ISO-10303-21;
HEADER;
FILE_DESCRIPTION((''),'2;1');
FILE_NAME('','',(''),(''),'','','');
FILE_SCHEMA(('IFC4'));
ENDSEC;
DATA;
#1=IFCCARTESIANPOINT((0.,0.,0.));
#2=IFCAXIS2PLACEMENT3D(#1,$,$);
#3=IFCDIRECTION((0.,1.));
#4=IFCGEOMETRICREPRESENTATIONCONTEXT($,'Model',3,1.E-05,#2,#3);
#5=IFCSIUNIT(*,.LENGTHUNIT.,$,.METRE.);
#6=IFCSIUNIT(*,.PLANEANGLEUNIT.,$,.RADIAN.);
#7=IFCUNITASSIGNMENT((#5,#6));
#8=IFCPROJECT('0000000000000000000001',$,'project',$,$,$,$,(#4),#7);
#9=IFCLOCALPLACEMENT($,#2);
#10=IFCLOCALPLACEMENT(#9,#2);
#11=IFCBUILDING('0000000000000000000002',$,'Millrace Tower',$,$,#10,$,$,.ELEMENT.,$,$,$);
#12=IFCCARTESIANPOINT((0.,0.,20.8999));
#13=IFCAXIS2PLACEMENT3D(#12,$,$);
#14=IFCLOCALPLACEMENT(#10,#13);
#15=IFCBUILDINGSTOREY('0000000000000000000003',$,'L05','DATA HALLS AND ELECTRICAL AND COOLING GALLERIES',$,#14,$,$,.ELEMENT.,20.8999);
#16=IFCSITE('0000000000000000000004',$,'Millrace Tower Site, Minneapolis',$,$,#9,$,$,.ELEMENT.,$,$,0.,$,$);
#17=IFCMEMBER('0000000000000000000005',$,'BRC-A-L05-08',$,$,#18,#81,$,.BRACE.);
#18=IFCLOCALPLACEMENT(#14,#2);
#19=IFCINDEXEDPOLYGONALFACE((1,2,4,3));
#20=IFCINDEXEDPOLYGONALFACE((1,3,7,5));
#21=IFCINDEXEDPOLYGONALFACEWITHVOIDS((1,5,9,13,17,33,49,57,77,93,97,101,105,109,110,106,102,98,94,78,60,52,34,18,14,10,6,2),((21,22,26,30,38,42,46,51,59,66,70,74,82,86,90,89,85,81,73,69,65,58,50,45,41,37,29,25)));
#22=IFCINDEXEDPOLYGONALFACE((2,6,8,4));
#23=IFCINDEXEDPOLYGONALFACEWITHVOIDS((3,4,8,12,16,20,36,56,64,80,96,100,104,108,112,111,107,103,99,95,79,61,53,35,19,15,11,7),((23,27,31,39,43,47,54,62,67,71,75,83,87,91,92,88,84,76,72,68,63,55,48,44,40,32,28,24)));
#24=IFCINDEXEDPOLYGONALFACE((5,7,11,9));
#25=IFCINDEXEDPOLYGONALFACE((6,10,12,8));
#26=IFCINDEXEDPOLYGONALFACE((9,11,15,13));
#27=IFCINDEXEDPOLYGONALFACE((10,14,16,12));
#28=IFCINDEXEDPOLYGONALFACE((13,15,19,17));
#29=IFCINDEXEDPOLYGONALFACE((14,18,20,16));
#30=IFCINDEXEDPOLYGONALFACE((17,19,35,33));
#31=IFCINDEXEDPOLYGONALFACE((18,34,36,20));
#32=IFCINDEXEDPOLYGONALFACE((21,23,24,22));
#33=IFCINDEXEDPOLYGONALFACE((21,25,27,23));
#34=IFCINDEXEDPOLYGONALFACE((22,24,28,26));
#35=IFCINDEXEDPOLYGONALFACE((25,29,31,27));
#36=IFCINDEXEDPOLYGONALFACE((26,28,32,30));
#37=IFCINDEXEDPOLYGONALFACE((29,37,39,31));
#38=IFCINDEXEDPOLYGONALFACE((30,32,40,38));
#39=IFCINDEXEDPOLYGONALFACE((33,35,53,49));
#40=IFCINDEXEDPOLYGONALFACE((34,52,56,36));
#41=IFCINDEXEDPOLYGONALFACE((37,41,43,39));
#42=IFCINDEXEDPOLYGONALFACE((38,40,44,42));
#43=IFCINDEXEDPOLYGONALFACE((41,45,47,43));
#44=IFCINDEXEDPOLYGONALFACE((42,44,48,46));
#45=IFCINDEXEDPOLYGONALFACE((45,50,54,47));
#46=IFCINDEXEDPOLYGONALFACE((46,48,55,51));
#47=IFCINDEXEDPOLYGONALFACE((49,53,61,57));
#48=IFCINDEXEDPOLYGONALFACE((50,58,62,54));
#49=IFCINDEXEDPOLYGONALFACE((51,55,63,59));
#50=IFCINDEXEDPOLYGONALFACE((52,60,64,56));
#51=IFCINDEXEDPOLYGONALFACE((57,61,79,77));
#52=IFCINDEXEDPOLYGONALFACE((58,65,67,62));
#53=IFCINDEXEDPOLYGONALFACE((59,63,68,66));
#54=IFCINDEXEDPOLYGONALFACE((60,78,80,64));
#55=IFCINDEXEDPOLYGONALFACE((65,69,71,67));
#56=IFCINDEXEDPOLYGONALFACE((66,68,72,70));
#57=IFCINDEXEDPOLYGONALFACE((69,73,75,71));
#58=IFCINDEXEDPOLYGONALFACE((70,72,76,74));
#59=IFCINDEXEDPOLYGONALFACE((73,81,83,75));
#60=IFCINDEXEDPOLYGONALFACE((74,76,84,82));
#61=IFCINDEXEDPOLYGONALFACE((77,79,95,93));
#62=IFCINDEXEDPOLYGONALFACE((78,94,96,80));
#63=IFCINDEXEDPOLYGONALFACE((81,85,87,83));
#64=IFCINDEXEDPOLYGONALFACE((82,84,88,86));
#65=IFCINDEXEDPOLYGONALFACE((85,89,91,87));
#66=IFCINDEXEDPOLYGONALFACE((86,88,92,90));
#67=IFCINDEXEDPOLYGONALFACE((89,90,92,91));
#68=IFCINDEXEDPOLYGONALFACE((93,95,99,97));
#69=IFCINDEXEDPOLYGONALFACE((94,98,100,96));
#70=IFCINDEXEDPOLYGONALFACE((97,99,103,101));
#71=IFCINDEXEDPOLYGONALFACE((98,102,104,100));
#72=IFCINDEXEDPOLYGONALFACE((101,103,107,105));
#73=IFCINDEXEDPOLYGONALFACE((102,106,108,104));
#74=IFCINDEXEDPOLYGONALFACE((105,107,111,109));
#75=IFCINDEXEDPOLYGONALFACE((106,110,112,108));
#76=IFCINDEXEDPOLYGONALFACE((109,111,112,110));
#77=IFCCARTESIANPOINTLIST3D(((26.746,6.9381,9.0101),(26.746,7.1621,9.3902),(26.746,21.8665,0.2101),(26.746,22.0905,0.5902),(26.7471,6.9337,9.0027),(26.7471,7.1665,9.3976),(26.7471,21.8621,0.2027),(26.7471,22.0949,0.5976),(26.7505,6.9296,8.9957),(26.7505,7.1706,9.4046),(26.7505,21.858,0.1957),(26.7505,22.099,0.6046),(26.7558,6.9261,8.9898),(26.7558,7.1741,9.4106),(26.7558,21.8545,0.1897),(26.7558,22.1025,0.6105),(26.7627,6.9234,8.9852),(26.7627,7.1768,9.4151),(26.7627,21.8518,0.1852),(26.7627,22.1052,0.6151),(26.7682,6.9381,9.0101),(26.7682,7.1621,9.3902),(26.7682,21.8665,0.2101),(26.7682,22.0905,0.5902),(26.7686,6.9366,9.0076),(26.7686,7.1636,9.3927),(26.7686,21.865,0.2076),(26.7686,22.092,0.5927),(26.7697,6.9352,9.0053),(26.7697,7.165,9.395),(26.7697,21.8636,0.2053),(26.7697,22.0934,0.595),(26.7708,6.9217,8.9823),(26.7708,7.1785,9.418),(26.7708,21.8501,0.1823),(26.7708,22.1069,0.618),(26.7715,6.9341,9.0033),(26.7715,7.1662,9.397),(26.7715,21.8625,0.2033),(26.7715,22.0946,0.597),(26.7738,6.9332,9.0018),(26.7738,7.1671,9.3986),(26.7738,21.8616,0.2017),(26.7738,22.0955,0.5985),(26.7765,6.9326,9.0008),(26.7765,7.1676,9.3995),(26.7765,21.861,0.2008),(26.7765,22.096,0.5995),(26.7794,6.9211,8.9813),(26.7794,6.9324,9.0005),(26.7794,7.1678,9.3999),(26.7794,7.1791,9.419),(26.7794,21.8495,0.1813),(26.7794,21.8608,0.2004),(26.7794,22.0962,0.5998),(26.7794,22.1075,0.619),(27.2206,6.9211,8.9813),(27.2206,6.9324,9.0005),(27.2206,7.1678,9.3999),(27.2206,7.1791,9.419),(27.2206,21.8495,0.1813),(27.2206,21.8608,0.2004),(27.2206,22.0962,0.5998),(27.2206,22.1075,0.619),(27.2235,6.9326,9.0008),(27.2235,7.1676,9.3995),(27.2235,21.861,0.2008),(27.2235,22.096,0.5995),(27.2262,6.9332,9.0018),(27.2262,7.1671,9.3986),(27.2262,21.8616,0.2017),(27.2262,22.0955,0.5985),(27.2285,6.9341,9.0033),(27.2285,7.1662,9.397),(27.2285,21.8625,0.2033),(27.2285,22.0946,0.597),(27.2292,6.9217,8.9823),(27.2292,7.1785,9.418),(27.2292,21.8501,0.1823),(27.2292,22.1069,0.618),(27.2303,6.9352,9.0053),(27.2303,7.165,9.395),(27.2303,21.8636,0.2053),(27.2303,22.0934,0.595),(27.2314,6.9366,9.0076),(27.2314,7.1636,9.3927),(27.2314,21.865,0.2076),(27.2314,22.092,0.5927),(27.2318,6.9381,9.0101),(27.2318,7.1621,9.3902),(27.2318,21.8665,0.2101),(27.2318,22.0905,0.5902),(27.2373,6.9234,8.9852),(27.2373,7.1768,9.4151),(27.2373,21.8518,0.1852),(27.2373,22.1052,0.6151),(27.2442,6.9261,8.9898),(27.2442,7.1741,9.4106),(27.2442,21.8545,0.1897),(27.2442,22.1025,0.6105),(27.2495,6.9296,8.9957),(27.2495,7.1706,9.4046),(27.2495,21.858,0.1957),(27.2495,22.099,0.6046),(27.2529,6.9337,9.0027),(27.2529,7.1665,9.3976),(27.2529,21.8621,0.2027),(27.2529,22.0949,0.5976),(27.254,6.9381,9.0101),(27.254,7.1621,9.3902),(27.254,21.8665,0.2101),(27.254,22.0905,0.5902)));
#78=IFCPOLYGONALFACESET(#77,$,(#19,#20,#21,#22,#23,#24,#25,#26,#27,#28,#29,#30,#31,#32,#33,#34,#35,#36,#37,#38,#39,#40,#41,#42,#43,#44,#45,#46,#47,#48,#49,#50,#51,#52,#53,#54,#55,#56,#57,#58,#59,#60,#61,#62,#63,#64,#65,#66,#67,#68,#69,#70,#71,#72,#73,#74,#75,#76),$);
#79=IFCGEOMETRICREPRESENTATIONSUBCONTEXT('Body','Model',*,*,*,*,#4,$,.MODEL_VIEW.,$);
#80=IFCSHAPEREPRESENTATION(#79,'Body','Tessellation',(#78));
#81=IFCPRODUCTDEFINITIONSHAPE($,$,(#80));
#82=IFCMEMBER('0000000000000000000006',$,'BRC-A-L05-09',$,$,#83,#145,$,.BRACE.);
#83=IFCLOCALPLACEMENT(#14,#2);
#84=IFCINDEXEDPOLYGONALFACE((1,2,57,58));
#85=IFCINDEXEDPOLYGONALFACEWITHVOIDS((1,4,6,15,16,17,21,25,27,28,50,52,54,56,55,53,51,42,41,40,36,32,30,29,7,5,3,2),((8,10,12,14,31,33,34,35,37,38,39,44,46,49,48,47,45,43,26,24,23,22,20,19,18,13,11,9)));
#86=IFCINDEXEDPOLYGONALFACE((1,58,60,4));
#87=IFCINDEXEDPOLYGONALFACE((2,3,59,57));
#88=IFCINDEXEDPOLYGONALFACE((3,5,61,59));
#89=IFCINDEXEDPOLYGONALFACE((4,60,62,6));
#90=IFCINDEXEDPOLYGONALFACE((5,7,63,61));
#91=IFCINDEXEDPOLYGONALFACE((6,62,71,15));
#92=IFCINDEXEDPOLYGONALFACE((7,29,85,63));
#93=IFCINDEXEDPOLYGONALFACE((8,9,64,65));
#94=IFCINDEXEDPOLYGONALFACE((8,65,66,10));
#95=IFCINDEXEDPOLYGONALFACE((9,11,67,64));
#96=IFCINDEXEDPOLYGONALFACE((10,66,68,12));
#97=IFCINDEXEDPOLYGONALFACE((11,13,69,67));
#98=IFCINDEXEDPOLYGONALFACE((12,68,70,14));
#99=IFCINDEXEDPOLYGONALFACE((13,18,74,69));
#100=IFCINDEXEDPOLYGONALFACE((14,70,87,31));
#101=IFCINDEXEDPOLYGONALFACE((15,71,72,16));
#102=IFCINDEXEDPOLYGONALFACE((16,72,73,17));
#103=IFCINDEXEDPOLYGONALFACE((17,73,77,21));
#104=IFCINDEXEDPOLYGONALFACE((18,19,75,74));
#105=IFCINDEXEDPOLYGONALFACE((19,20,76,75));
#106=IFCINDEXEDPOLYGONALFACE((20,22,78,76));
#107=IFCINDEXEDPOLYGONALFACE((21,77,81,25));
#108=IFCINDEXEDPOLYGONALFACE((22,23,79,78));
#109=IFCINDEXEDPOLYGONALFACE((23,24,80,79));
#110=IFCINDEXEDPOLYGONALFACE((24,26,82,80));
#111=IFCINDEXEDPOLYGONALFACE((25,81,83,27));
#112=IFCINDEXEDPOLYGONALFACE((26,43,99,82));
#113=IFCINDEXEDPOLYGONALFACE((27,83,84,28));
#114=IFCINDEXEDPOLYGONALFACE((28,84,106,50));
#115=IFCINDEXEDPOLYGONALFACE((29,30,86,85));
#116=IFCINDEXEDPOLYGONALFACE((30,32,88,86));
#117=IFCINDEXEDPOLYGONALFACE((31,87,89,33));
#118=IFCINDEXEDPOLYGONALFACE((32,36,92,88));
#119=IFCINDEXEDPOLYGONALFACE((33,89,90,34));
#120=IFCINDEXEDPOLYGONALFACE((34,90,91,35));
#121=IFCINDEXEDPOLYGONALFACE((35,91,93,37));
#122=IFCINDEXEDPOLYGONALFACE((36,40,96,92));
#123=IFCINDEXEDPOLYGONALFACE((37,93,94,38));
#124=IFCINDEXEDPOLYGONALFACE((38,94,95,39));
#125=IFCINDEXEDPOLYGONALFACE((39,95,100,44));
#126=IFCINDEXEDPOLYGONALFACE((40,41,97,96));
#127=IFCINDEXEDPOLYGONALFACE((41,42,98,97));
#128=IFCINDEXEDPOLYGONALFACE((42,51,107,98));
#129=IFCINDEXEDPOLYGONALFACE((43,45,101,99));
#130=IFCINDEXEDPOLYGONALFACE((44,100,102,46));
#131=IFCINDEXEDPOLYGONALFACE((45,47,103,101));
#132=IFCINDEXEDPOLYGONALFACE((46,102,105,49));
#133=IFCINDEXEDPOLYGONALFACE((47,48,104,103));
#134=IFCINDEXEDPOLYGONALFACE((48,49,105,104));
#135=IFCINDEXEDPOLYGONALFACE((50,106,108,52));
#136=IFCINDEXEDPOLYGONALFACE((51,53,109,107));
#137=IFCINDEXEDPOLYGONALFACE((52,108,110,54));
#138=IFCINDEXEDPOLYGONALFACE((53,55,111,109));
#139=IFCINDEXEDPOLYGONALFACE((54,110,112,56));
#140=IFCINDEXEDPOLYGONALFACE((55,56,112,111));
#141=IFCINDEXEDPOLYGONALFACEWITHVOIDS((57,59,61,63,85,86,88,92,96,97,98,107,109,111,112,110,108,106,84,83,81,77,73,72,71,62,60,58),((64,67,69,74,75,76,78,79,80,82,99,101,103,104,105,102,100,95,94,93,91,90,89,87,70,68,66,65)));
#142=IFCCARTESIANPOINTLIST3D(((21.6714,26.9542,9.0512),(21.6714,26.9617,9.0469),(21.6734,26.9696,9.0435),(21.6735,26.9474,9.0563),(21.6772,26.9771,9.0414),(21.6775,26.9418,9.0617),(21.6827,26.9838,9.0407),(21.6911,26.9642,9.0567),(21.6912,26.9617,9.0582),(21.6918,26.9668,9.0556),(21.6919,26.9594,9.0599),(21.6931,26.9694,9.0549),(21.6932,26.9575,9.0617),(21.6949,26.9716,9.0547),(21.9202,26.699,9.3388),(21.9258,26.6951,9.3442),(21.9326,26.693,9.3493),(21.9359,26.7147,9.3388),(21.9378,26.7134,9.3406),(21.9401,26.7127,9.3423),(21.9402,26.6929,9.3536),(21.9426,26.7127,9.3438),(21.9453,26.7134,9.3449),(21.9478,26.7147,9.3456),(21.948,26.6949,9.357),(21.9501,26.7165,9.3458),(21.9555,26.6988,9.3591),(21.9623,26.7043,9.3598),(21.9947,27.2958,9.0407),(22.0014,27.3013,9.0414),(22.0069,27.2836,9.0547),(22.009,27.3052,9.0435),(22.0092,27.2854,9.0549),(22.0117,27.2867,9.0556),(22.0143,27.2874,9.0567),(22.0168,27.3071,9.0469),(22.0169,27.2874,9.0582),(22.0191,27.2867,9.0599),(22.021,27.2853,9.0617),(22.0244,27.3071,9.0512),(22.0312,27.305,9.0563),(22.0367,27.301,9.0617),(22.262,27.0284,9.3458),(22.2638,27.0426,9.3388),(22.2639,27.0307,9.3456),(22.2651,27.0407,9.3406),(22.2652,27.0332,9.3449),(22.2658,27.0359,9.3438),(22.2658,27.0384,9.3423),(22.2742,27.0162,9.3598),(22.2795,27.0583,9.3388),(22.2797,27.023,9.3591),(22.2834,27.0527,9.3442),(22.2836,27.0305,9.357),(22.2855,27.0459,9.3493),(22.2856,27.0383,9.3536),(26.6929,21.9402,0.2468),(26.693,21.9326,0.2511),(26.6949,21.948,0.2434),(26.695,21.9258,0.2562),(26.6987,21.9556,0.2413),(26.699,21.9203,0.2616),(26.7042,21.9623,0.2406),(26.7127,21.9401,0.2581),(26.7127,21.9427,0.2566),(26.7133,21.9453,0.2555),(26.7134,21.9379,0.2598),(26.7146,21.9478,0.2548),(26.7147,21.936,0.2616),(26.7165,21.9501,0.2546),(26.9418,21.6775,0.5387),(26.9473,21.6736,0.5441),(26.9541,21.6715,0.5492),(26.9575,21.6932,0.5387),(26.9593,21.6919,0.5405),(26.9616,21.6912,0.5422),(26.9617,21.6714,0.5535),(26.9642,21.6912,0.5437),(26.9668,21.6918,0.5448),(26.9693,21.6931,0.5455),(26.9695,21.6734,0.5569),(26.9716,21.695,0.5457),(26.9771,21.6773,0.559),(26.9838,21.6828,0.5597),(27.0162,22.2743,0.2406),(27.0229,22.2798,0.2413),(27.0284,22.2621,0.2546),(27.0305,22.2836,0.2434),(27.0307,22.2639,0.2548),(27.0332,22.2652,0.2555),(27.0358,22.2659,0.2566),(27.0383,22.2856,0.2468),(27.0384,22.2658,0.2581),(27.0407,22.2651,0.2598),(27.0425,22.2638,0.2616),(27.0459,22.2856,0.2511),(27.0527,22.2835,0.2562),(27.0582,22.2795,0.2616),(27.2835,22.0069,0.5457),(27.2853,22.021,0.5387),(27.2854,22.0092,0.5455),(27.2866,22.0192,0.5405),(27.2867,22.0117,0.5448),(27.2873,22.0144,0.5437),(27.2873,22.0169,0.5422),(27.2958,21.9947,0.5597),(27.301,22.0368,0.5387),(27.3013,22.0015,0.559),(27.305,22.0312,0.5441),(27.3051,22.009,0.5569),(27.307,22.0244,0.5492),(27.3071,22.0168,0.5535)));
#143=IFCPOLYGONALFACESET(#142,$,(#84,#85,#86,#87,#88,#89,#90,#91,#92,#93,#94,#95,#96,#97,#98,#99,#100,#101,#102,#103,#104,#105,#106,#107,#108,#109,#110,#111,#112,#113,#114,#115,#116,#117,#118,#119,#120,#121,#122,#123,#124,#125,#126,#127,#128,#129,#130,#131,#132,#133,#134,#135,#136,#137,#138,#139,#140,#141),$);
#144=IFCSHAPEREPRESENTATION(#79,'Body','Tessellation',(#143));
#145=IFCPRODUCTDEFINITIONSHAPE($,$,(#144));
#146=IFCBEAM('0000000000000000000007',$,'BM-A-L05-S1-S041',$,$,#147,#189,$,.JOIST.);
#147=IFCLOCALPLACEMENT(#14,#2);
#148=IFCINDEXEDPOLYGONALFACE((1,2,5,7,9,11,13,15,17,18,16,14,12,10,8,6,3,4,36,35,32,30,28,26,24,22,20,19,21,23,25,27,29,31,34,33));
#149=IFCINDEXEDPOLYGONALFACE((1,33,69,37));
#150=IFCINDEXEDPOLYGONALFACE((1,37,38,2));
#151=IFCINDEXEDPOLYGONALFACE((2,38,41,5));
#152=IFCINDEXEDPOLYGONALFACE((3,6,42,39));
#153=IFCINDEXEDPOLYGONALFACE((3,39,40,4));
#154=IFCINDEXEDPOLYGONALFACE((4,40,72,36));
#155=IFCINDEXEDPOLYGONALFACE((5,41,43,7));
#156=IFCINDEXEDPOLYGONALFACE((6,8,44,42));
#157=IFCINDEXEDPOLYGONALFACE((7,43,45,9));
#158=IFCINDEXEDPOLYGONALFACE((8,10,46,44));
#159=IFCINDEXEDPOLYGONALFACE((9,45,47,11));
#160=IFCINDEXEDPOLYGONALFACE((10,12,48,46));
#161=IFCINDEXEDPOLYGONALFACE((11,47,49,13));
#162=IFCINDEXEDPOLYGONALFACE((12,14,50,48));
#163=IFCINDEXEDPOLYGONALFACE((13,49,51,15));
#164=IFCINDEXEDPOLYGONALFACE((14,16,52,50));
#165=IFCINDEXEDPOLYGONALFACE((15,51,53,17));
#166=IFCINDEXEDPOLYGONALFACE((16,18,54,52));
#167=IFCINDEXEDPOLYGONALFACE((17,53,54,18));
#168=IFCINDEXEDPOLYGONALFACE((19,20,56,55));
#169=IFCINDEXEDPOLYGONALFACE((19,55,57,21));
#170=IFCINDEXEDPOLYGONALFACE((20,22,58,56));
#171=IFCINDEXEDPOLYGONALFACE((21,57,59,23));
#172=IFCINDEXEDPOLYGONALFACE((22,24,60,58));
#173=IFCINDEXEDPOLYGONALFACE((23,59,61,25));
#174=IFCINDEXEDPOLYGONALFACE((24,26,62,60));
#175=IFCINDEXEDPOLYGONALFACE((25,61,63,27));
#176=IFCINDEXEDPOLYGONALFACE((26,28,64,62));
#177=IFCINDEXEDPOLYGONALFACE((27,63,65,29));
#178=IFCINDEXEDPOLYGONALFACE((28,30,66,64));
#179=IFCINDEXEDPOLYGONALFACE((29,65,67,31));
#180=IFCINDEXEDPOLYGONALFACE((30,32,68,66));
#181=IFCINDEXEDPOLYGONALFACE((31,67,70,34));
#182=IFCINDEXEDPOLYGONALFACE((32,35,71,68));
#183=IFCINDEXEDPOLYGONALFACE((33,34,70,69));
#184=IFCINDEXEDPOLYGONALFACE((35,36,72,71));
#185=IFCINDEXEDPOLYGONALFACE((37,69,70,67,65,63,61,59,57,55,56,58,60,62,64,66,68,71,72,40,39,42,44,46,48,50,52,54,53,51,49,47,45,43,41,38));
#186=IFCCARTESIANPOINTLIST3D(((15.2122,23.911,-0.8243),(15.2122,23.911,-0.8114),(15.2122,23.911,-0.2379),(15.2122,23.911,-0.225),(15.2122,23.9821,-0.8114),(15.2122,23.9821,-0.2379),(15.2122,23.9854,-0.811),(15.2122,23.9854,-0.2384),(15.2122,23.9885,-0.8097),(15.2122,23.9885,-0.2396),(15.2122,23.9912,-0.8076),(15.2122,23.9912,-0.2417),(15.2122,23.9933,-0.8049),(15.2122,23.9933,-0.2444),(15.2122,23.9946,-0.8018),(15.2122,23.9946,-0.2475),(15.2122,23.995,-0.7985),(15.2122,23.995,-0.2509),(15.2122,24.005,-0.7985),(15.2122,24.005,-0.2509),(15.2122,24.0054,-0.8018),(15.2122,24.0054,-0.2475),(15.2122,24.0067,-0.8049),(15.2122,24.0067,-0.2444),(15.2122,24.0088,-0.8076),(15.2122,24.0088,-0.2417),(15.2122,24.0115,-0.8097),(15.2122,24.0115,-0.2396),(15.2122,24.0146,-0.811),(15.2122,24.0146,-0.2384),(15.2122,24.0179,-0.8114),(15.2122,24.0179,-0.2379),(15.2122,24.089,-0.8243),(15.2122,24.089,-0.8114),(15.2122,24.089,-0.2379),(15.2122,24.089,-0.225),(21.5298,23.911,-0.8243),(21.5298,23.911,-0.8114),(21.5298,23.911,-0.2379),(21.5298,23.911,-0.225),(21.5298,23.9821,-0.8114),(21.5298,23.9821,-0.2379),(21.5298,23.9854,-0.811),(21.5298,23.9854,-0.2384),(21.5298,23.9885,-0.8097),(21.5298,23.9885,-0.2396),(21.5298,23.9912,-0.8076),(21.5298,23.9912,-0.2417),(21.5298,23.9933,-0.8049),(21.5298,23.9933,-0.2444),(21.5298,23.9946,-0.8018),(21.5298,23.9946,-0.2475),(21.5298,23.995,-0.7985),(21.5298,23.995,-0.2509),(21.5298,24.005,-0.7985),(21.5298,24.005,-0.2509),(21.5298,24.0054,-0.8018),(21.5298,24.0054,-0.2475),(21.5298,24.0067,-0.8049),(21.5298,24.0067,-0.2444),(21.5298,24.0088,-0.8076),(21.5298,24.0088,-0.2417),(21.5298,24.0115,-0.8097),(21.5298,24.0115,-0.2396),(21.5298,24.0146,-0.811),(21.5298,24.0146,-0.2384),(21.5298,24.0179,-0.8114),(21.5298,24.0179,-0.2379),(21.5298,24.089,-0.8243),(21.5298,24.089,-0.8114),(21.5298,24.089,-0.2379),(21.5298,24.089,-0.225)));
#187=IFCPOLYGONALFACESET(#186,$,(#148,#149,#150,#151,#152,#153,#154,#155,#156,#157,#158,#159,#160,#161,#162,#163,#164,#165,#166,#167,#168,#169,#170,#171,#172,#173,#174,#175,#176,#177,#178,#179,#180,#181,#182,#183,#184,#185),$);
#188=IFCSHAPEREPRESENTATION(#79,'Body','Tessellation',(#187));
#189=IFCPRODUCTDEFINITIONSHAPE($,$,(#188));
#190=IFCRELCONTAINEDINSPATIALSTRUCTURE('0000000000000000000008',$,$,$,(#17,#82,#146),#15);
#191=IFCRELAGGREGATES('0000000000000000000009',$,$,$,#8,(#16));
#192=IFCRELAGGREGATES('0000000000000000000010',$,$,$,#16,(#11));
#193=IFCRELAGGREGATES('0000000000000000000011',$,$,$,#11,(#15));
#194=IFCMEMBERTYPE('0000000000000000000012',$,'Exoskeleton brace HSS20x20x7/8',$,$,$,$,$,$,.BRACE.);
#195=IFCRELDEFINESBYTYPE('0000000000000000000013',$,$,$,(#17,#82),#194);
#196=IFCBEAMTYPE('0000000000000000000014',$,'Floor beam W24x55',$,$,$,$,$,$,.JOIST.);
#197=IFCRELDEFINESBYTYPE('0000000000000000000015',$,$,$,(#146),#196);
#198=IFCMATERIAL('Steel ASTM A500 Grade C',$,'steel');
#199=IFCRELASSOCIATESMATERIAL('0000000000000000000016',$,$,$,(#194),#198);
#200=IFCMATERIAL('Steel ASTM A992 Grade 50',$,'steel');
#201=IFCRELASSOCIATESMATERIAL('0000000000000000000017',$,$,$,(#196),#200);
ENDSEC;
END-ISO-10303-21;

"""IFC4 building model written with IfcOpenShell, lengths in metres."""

from ifc_helpers import new_model, si_unit, direction, frame, origin, origin_2d, place, context, subcontext, project, spatial, hollow_rectangle, i_section, extrude, material, material_profile, profile_set, type_object, element, save


model = new_model("IFC4")

# Units and contexts
model_context = context("Model", 3, precision=1e-05, world=origin(), true_north=direction((0.0, 1.0)))
body_context = subcontext(model_context, "Body", "Model", "MODEL_VIEW")
ifc_project = project(units=[si_unit("LENGTHUNIT", "METRE"), si_unit("PLANEANGLEUNIT", "RADIAN")], contexts=[model_context])

# Site, building, storey
site_placement = place(None, origin())
site = spatial("IfcSite", under=ifc_project, at=site_placement, Name="Millrace Tower Site, Minneapolis", CompositionType="ELEMENT", RefElevation=0.0)
building_placement = place(site_placement, origin())
building = spatial("IfcBuilding", under=site, at=building_placement, Name="Millrace Tower", CompositionType="ELEMENT")
storey_placement = place(building_placement, frame((0.0, 0.0, 20.8999)))
storey = spatial("IfcBuildingStorey", under=building, at=storey_placement, Name="L05", Description="DATA HALLS AND ELECTRICAL AND COOLING GALLERIES", CompositionType="ELEMENT", Elevation=20.8999)

# Members
ifc_material_1 = material(Name="Steel ASTM A500 Grade C", Category="steel")
ifc_material_profile_1 = material_profile(ifc_material_1, hollow_rectangle(XDim=0.5081, YDim=0.5081, WallThickness=0.0222, InnerFilletRadius=0.0112, OuterFilletRadius=0.0334, at=origin_2d()))
ifc_profile_set_1 = profile_set([ifc_material_profile_1], Name="Steel ASTM A500 Grade C")
member_type_1 = type_object("IfcMemberType", Name="Exoskeleton brace HSS20x20x7/8", PredefinedType="BRACE", material=ifc_profile_set_1)
member_1_placement = place(storey_placement, frame((27.0, 21.9785, 0.4001), z_axis=(0.0, -0.861465, 0.507817), x_axis=(1.0, 0.0, 0.0)))
element("IfcMember", 1, at=member_1_placement, inside=storey, type_object=member_type_1, Name="BRC-A-L05-08", PredefinedType="BRACE", context=body_context, shape_type="SweptSolid", body=[
    extrude(hollow_rectangle(XDim=0.5081, YDim=0.5081, WallThickness=0.0222, InnerFilletRadius=0.0112, OuterFilletRadius=0.0334, at=origin_2d()), origin(), (0.0, 0.0, 1.0), 17.3291),
])
member_2_placement = place(storey_placement, frame((27.0, 21.9785, 0.4001), z_axis=(-0.444064, 0.444064, 0.778213), x_axis=(-0.707107, -0.707107, 0.0)))
element("IfcMember", 2, at=member_2_placement, inside=storey, type_object=member_type_1, Name="BRC-A-L05-09", PredefinedType="BRACE", context=body_context, shape_type="SweptSolid", body=[
    extrude(hollow_rectangle(XDim=0.5081, YDim=0.5081, WallThickness=0.0222, InnerFilletRadius=0.0112, OuterFilletRadius=0.0334, at=origin_2d()), origin(), (0.0, 0.0, 1.0), 11.3081),
])

# Beam
ifc_material_2 = material(Name="Steel ASTM A992 Grade 50", Category="steel")
ifc_material_profile_2 = material_profile(ifc_material_2, i_section(OverallWidth=0.178, OverallDepth=0.5994, WebThickness=0.01, FlangeThickness=0.0129, FilletRadius=0.0129, at=origin_2d()))
ifc_profile_set_2 = profile_set([ifc_material_profile_2], Name="Steel ASTM A992 Grade 50")
beam_type_1 = type_object("IfcBeamType", Name="Floor beam W24x55", PredefinedType="JOIST", material=ifc_profile_set_2)
beam_1_placement = place(storey_placement, frame((15.2122, 24.0, -0.5247), z_axis=(1.0, 0.0, 0.0), x_axis=(0.0, 1.0, 0.0)))
element("IfcBeam", 3, at=beam_1_placement, inside=storey, type_object=beam_type_1, Name="BM-A-L05-S1-S041", PredefinedType="JOIST", context=body_context, shape_type="SweptSolid", body=[
    extrude(i_section(OverallWidth=0.178, OverallDepth=0.5994, WebThickness=0.01, FlangeThickness=0.0129, FilletRadius=0.0129, at=origin_2d()), origin(), (0.0, 0.0, 1.0), 6.3176),
])

save(model, "model.ifc")
